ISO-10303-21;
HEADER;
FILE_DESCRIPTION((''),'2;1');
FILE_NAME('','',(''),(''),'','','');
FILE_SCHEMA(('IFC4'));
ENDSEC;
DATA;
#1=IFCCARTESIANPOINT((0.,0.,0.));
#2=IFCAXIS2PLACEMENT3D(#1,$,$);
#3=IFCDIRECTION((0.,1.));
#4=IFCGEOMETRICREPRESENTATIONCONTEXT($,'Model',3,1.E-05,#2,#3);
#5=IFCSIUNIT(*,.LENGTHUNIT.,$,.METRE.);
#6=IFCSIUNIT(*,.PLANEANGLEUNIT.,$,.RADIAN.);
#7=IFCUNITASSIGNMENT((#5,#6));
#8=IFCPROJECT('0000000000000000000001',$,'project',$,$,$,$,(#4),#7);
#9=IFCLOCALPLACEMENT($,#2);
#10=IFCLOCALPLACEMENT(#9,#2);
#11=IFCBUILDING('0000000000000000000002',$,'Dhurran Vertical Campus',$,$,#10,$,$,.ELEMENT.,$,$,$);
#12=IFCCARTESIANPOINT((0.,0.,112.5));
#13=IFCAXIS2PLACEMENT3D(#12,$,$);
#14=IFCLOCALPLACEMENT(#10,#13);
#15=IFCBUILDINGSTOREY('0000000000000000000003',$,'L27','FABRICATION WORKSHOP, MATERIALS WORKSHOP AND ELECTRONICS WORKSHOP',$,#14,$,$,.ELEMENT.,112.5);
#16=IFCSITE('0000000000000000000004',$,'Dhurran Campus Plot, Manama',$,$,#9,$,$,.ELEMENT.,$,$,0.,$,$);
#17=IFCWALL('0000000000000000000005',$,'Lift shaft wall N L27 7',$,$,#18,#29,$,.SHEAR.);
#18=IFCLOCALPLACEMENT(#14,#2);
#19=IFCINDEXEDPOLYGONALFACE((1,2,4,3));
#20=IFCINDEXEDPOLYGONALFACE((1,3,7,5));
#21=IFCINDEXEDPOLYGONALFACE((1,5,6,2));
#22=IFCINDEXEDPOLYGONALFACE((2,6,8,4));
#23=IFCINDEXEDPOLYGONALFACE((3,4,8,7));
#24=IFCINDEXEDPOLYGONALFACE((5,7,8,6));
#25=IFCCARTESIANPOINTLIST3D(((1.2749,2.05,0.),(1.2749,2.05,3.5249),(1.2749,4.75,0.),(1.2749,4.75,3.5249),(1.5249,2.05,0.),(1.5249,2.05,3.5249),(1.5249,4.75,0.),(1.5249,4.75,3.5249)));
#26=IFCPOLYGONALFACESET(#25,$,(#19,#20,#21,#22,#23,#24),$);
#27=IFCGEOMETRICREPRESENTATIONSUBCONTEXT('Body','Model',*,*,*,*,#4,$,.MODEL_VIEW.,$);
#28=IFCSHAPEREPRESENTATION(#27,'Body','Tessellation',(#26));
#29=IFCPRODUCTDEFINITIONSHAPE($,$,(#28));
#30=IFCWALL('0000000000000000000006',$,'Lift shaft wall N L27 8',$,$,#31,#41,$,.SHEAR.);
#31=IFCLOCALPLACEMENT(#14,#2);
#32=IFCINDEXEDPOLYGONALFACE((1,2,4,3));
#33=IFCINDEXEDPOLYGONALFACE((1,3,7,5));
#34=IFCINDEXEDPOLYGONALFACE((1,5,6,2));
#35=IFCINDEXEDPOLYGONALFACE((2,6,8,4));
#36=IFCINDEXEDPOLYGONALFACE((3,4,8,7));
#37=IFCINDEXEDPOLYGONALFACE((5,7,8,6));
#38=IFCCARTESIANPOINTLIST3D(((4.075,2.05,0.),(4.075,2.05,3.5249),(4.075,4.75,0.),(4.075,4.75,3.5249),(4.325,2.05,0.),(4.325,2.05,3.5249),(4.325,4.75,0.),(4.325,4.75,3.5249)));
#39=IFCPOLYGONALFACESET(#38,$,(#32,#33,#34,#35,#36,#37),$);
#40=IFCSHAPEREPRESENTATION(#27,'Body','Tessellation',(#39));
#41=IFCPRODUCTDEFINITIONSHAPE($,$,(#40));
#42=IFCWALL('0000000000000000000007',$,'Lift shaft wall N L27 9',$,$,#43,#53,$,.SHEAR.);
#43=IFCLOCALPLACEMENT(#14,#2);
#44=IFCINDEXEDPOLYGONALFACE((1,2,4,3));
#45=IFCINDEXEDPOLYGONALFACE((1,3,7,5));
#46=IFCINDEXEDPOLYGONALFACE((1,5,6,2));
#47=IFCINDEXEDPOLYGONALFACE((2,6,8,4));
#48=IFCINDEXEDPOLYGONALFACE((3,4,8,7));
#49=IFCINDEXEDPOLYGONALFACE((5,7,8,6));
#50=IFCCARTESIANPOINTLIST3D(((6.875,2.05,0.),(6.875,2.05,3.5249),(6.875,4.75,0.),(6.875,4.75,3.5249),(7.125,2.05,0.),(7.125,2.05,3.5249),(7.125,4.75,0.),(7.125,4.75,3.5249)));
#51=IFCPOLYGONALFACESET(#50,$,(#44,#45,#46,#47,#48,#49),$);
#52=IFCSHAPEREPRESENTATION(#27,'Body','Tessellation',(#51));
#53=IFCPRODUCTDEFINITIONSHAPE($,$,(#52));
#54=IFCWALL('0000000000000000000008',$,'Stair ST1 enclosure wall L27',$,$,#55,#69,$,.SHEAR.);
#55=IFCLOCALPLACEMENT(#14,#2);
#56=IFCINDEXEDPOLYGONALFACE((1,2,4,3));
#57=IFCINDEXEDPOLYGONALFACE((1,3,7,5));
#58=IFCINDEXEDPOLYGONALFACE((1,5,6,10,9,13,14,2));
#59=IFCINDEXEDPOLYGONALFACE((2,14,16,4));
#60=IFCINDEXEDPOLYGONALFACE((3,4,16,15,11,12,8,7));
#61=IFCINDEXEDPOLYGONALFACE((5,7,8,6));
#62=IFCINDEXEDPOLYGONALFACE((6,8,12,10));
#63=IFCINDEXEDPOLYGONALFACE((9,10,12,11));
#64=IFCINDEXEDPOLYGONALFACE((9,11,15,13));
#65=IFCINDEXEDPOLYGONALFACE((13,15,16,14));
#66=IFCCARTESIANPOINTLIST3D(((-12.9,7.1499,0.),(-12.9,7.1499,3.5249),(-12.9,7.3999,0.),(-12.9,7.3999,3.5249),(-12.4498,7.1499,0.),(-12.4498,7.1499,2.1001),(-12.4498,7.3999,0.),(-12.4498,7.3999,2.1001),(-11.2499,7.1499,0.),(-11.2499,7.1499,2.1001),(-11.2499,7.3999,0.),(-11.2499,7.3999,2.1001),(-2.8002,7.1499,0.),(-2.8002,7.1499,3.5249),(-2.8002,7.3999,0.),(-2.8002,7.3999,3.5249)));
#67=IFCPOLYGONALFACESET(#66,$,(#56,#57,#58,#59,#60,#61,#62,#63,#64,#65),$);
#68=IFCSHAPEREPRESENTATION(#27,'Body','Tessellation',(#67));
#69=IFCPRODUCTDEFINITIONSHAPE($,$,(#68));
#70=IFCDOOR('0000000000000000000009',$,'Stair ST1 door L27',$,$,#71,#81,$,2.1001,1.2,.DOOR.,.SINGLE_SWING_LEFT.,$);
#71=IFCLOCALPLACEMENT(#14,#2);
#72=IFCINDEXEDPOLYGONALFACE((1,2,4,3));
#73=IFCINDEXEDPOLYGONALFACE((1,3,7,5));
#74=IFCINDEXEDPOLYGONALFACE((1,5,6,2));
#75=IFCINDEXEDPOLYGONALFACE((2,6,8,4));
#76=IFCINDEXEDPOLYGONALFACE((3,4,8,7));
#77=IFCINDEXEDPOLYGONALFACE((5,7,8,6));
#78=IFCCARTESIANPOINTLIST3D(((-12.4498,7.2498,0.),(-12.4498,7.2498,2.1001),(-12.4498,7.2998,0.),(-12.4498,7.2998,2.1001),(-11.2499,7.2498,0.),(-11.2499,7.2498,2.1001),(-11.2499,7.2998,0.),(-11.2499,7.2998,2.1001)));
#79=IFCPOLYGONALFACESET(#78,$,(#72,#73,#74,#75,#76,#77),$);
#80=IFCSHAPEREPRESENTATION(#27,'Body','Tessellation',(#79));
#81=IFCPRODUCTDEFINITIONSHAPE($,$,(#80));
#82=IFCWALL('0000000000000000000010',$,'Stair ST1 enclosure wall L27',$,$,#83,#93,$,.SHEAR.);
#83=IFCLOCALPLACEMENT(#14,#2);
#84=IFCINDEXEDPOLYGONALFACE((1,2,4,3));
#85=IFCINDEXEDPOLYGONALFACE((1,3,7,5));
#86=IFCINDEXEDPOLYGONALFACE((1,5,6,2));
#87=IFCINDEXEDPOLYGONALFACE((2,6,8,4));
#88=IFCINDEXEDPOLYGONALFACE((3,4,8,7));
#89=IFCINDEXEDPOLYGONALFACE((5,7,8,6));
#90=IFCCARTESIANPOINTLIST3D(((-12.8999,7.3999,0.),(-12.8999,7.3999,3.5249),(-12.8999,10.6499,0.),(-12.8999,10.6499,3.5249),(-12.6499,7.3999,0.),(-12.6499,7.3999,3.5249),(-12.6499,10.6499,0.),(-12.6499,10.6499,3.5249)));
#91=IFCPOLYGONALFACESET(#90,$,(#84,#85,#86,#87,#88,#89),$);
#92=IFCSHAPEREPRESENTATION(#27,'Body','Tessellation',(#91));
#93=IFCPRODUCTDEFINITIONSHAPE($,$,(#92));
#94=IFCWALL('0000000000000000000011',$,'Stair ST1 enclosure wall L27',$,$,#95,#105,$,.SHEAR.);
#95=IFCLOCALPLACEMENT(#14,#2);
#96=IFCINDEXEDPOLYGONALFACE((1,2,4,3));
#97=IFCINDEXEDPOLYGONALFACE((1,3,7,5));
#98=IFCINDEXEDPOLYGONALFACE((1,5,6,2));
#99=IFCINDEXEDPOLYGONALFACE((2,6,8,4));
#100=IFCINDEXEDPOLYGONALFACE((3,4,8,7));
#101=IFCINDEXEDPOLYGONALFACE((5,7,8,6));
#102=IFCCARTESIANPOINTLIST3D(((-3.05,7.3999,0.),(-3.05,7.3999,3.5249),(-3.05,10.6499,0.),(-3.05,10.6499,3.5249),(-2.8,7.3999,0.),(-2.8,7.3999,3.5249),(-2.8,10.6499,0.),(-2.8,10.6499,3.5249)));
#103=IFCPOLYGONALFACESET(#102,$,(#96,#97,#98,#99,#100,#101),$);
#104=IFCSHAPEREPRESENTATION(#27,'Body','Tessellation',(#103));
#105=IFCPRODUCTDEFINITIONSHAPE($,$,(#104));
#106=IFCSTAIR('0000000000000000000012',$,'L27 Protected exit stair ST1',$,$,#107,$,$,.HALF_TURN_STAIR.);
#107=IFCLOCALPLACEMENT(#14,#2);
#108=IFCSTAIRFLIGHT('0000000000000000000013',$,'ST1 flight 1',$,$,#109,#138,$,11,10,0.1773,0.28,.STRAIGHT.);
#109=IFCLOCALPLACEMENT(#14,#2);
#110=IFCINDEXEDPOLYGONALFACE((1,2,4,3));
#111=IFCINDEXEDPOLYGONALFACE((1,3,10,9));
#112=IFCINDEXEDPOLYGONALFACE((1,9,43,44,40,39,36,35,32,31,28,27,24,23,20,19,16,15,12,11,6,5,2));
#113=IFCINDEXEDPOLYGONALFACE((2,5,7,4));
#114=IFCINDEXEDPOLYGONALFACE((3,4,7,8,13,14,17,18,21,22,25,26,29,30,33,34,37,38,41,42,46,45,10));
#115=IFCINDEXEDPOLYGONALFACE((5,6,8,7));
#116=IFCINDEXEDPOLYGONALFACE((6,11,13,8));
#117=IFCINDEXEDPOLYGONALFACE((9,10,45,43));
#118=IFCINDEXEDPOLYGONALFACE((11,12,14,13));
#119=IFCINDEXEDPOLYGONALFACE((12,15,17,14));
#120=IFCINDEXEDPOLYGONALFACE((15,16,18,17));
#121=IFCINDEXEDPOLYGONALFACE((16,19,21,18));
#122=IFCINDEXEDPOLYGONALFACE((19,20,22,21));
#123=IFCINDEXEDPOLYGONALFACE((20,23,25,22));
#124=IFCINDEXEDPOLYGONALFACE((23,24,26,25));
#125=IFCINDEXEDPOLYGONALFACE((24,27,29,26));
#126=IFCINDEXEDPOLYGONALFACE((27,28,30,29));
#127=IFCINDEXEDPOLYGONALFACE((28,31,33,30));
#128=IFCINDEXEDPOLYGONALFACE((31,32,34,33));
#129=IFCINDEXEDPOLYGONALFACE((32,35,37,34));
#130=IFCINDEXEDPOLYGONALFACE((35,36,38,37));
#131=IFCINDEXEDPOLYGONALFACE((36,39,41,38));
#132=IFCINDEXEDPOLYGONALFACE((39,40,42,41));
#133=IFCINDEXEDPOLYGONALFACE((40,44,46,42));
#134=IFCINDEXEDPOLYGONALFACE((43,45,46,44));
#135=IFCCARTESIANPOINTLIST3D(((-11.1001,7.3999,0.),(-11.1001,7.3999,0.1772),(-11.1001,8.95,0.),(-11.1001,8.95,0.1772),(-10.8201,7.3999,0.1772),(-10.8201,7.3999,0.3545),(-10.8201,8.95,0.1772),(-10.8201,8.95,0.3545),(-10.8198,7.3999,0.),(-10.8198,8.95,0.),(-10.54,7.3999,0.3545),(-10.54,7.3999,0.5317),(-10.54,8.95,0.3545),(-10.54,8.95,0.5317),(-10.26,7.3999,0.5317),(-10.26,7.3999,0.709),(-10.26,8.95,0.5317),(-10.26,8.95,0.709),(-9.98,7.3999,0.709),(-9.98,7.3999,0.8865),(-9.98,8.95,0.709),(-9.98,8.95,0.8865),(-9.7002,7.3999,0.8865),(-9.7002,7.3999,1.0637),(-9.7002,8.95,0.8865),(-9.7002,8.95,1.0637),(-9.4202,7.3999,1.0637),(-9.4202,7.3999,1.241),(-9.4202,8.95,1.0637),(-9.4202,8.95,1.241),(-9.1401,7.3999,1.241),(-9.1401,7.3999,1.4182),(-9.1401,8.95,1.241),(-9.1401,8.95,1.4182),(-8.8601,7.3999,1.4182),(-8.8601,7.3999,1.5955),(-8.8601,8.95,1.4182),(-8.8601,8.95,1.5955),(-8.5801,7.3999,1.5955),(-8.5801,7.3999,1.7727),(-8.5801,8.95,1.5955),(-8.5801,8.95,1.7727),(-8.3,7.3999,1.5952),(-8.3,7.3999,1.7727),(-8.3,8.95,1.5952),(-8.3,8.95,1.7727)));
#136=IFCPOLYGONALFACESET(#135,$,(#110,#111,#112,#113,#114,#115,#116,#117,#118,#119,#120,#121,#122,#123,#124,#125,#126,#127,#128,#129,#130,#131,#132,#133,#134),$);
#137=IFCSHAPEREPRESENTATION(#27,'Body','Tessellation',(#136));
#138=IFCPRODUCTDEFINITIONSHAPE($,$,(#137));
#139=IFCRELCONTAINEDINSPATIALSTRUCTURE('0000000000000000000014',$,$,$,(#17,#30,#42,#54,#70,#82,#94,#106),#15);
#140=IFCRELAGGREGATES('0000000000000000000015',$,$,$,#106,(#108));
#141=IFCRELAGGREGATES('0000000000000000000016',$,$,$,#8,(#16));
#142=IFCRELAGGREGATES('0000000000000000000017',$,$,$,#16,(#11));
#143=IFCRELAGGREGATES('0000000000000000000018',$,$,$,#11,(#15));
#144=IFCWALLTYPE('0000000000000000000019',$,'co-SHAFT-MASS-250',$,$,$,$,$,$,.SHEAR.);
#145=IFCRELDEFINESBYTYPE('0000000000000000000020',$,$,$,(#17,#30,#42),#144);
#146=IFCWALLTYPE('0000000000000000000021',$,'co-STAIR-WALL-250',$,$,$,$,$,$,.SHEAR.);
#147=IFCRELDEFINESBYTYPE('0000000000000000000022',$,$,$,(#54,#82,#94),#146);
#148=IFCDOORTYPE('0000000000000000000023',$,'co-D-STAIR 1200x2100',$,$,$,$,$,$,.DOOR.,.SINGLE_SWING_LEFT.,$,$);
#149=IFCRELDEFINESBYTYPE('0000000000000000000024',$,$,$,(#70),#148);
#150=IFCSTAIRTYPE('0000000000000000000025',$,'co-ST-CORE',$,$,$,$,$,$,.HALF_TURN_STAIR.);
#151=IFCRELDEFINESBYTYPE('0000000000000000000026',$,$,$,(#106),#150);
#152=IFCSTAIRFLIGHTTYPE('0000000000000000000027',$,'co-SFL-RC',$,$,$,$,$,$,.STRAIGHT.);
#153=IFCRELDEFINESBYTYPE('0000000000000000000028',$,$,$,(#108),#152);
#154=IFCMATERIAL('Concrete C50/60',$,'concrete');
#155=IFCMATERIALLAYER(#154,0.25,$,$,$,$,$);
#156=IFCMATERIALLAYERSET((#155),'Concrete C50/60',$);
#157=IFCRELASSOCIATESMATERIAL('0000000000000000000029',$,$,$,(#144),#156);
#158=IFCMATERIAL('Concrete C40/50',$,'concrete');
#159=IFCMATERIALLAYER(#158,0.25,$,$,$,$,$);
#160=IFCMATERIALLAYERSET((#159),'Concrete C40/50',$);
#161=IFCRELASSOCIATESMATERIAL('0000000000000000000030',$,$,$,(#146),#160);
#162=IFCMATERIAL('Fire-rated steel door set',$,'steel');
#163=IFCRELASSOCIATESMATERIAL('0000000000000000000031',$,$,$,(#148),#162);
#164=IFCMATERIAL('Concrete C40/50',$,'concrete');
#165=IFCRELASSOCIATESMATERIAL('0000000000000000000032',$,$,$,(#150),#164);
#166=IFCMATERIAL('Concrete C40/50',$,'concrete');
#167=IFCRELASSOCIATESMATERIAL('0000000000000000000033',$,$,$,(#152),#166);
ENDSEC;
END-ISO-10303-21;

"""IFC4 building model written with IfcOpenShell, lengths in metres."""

from ifc_helpers import new_model, si_unit, direction, frame, frame_2d, origin, place, context, subcontext, project, spatial, polyline, rectangle, outline, extrude, material, layer, layer_set, type_object, element, fill, aggregate, save


model = new_model("IFC4")

# Units and contexts
model_context = context("Model", 3, precision=1e-05, world=origin(), true_north=direction((0.0, 1.0)))
body_context = subcontext(model_context, "Body", "Model", "MODEL_VIEW")
ifc_project = project(units=[si_unit("LENGTHUNIT", "METRE"), si_unit("PLANEANGLEUNIT", "RADIAN")], contexts=[model_context])

# Site, building, storey
site_placement = place(None, origin())
site = spatial("IfcSite", under=ifc_project, at=site_placement, Name="Dhurran Campus Plot, Manama", CompositionType="ELEMENT", RefElevation=0.0)
building_placement = place(site_placement, origin())
building = spatial("IfcBuilding", under=site, at=building_placement, Name="Dhurran Vertical Campus", CompositionType="ELEMENT")
storey_placement = place(building_placement, frame((0.0, 0.0, 112.5)))
storey = spatial("IfcBuildingStorey", under=building, at=storey_placement, Name="L27", Description="FABRICATION WORKSHOP, MATERIALS WORKSHOP AND ELECTRONICS WORKSHOP", CompositionType="ELEMENT", Elevation=112.5)

# Walls
ifc_material_1 = material(Name="Concrete C50/60", Category="concrete")
ifc_layer_1 = layer(ifc_material_1, 0.25)
ifc_layer_set_1 = layer_set([ifc_layer_1], Name="Concrete C50/60")
wall_type_1 = type_object("IfcWallType", Name="co-SHAFT-MASS-250", PredefinedType="SHEAR", material=ifc_layer_set_1)
wall_1_placement = place(storey_placement, origin())
element("IfcWall", 1, at=wall_1_placement, inside=storey, type_object=wall_type_1, Name="Lift shaft wall N L27 7", PredefinedType="SHEAR", context=body_context, shape_type="SweptSolid", body=[
    extrude(outline(polyline([(1.2749, 2.05), (1.5249, 2.05), (1.5249, 4.75), (1.2749, 4.75), (1.2749, 2.05)])), origin(), (0.0, 0.0, 1.0), 3.5249),
])
wall_2_placement = place(storey_placement, origin())
element("IfcWall", 2, at=wall_2_placement, inside=storey, type_object=wall_type_1, Name="Lift shaft wall N L27 8", PredefinedType="SHEAR", context=body_context, shape_type="SweptSolid", body=[
    extrude(outline(polyline([(4.075, 2.05), (4.325, 2.05), (4.325, 4.75), (4.075, 4.75), (4.075, 2.05)])), origin(), (0.0, 0.0, 1.0), 3.5249),
])
wall_3_placement = place(storey_placement, origin())
element("IfcWall", 3, at=wall_3_placement, inside=storey, type_object=wall_type_1, Name="Lift shaft wall N L27 9", PredefinedType="SHEAR", context=body_context, shape_type="SweptSolid", body=[
    extrude(outline(polyline([(6.875, 2.05), (7.125, 2.05), (7.125, 4.75), (6.875, 4.75), (6.875, 2.05)])), origin(), (0.0, 0.0, 1.0), 3.5249),
])

# Wall, opening, door
ifc_material_2 = material(Name="Concrete C40/50", Category="concrete")
ifc_layer_2 = layer(ifc_material_2, 0.25)
ifc_layer_set_2 = layer_set([ifc_layer_2], Name="Concrete C40/50")
wall_type_2 = type_object("IfcWallType", Name="co-STAIR-WALL-250", PredefinedType="SHEAR", material=ifc_layer_set_2)
wall_4_placement = place(storey_placement, frame((-12.8999, 7.2749, 0.0), z_axis=(0.0, 0.0, 1.0), x_axis=(1.0, 0.0, 0.0)))
wall_4 = element("IfcWall", 4, at=wall_4_placement, inside=storey, type_object=wall_type_2, Name="Stair ST1 enclosure wall L27", PredefinedType="SHEAR", context=body_context, shape_type="SweptSolid", body=[
    extrude(rectangle(XDim=10.0999, YDim=0.25, at=frame_2d((5.0498, 0.0))), origin(), (0.0, 0.0, 1.0), 3.5249),
])
opening_1_placement = place(wall_4_placement, frame((0.45, 0.0, 0.0)))
opening_1 = element("IfcOpeningElement", 5, at=opening_1_placement, cuts=wall_4, PredefinedType="OPENING", context=body_context, shape_type="SweptSolid", body=[
    extrude(rectangle(XDim=1.2, YDim=2.1001, at=frame_2d((0.6001, 1.05))), frame((0.0, 0.135, 0.0), z_axis=(0.0, -1.0, 0.0), x_axis=(1.0, 0.0, 0.0)), (0.0, 0.0, 1.0), 0.27),
])
ifc_material_3 = material(Name="Fire-rated steel door set", Category="steel")
door_type_1 = type_object("IfcDoorType", Name="co-D-STAIR 1200x2100", OperationType="SINGLE_SWING_LEFT", PredefinedType="DOOR", material=ifc_material_3)
door_1_placement = place(opening_1_placement, origin())
door_1 = element("IfcDoor", 6, at=door_1_placement, inside=storey, type_object=door_type_1, Name="Stair ST1 door L27", OperationType="SINGLE_SWING_LEFT", OverallHeight=2.1001, OverallWidth=1.2, PredefinedType="DOOR", context=body_context, shape_type="SweptSolid", body=[
    extrude(rectangle(XDim=1.2, YDim=2.1001, at=frame_2d((0.6001, 1.05))), frame((0.0, 0.0249, 0.0), z_axis=(0.0, -1.0, 0.0), x_axis=(1.0, 0.0, 0.0)), (0.0, 0.0, 1.0), 0.05),
])
fill(opening_1, door_1)

# Walls
for number, where, z_axis, x_axis, name in (
    (7, (-12.7749, 7.3999, 0.0), (0.0, 0.0, 1.0), (0.0, 1.0, 0.0), "Stair ST1 enclosure wall L27"),
    (8, (-2.925, 7.3999, 0.0), (0.0, 0.0, 1.0), (0.0, 1.0, 0.0), "Stair ST1 enclosure wall L27"),
):
    element("IfcWall", number, at=place(storey_placement, frame(where, z_axis=z_axis, x_axis=x_axis)), inside=storey, type_object=wall_type_2, Name=name, PredefinedType="SHEAR", context=body_context, shape_type="SweptSolid", body=[
        extrude(rectangle(XDim=3.25, YDim=0.25, at=frame_2d((1.625, 0.0))), origin(), (0.0, 0.0, 1.0), 3.5249),
    ])

# Stair, stair flight
ifc_material_4 = material(Name="Concrete C40/50", Category="concrete")
stair_type = type_object("IfcStairType", Name="co-ST-CORE", PredefinedType="HALF_TURN_STAIR", material=ifc_material_4)
stair_placement = place(storey_placement, origin())
stair = element("IfcStair", 9, at=stair_placement, inside=storey, type_object=stair_type, Name="L27 Protected exit stair ST1", PredefinedType="HALF_TURN_STAIR")
ifc_material_5 = material(Name="Concrete C40/50", Category="concrete")
stair_flight_type = type_object("IfcStairFlightType", Name="co-SFL-RC", PredefinedType="STRAIGHT", material=ifc_material_5)
stair_flight_placement = place(storey_placement, frame((-11.1001, 8.175, 0.0), z_axis=(0.0, 0.0, 1.0), x_axis=(1.0, 0.0, 0.0)))
stair_flight = element("IfcStairFlight", 10, at=stair_flight_placement, type_object=stair_flight_type, Name="ST1 flight 1", NumberOfRisers=11, NumberOfTreads=10, PredefinedType="STRAIGHT", RiserHeight=0.1773, TreadLength=0.28, context=body_context, shape_type="SweptSolid", body=[
    extrude(outline(polyline([(0.0, 0.0), (0.0, 0.1772), (0.28, 0.1772), (0.28, 0.3545), (0.5601, 0.3545), (0.5601, 0.5317), (0.8401, 0.5317), (0.8401, 0.709), (1.1201, 0.709), (1.1201, 0.8865), (1.3999, 0.8865), (1.3999, 1.0637), (1.6799, 1.0637), (1.6799, 1.241), (1.96, 1.241), (1.96, 1.4182), (2.24, 1.4182), (2.24, 1.5955), (2.52, 1.5955), (2.52, 1.7727), (2.8, 1.7727), (2.8, 1.95), (2.8, 1.5952), (0.2803, 0.0), (0.0, 0.0)])), frame((0.0, 0.7749, 0.0), z_axis=(0.0, -1.0, 0.0), x_axis=(1.0, 0.0, 0.0)), (0.0, 0.0, 1.0), 1.55),
])
aggregate(stair, [stair_flight])

save(model, "model.ifc")
